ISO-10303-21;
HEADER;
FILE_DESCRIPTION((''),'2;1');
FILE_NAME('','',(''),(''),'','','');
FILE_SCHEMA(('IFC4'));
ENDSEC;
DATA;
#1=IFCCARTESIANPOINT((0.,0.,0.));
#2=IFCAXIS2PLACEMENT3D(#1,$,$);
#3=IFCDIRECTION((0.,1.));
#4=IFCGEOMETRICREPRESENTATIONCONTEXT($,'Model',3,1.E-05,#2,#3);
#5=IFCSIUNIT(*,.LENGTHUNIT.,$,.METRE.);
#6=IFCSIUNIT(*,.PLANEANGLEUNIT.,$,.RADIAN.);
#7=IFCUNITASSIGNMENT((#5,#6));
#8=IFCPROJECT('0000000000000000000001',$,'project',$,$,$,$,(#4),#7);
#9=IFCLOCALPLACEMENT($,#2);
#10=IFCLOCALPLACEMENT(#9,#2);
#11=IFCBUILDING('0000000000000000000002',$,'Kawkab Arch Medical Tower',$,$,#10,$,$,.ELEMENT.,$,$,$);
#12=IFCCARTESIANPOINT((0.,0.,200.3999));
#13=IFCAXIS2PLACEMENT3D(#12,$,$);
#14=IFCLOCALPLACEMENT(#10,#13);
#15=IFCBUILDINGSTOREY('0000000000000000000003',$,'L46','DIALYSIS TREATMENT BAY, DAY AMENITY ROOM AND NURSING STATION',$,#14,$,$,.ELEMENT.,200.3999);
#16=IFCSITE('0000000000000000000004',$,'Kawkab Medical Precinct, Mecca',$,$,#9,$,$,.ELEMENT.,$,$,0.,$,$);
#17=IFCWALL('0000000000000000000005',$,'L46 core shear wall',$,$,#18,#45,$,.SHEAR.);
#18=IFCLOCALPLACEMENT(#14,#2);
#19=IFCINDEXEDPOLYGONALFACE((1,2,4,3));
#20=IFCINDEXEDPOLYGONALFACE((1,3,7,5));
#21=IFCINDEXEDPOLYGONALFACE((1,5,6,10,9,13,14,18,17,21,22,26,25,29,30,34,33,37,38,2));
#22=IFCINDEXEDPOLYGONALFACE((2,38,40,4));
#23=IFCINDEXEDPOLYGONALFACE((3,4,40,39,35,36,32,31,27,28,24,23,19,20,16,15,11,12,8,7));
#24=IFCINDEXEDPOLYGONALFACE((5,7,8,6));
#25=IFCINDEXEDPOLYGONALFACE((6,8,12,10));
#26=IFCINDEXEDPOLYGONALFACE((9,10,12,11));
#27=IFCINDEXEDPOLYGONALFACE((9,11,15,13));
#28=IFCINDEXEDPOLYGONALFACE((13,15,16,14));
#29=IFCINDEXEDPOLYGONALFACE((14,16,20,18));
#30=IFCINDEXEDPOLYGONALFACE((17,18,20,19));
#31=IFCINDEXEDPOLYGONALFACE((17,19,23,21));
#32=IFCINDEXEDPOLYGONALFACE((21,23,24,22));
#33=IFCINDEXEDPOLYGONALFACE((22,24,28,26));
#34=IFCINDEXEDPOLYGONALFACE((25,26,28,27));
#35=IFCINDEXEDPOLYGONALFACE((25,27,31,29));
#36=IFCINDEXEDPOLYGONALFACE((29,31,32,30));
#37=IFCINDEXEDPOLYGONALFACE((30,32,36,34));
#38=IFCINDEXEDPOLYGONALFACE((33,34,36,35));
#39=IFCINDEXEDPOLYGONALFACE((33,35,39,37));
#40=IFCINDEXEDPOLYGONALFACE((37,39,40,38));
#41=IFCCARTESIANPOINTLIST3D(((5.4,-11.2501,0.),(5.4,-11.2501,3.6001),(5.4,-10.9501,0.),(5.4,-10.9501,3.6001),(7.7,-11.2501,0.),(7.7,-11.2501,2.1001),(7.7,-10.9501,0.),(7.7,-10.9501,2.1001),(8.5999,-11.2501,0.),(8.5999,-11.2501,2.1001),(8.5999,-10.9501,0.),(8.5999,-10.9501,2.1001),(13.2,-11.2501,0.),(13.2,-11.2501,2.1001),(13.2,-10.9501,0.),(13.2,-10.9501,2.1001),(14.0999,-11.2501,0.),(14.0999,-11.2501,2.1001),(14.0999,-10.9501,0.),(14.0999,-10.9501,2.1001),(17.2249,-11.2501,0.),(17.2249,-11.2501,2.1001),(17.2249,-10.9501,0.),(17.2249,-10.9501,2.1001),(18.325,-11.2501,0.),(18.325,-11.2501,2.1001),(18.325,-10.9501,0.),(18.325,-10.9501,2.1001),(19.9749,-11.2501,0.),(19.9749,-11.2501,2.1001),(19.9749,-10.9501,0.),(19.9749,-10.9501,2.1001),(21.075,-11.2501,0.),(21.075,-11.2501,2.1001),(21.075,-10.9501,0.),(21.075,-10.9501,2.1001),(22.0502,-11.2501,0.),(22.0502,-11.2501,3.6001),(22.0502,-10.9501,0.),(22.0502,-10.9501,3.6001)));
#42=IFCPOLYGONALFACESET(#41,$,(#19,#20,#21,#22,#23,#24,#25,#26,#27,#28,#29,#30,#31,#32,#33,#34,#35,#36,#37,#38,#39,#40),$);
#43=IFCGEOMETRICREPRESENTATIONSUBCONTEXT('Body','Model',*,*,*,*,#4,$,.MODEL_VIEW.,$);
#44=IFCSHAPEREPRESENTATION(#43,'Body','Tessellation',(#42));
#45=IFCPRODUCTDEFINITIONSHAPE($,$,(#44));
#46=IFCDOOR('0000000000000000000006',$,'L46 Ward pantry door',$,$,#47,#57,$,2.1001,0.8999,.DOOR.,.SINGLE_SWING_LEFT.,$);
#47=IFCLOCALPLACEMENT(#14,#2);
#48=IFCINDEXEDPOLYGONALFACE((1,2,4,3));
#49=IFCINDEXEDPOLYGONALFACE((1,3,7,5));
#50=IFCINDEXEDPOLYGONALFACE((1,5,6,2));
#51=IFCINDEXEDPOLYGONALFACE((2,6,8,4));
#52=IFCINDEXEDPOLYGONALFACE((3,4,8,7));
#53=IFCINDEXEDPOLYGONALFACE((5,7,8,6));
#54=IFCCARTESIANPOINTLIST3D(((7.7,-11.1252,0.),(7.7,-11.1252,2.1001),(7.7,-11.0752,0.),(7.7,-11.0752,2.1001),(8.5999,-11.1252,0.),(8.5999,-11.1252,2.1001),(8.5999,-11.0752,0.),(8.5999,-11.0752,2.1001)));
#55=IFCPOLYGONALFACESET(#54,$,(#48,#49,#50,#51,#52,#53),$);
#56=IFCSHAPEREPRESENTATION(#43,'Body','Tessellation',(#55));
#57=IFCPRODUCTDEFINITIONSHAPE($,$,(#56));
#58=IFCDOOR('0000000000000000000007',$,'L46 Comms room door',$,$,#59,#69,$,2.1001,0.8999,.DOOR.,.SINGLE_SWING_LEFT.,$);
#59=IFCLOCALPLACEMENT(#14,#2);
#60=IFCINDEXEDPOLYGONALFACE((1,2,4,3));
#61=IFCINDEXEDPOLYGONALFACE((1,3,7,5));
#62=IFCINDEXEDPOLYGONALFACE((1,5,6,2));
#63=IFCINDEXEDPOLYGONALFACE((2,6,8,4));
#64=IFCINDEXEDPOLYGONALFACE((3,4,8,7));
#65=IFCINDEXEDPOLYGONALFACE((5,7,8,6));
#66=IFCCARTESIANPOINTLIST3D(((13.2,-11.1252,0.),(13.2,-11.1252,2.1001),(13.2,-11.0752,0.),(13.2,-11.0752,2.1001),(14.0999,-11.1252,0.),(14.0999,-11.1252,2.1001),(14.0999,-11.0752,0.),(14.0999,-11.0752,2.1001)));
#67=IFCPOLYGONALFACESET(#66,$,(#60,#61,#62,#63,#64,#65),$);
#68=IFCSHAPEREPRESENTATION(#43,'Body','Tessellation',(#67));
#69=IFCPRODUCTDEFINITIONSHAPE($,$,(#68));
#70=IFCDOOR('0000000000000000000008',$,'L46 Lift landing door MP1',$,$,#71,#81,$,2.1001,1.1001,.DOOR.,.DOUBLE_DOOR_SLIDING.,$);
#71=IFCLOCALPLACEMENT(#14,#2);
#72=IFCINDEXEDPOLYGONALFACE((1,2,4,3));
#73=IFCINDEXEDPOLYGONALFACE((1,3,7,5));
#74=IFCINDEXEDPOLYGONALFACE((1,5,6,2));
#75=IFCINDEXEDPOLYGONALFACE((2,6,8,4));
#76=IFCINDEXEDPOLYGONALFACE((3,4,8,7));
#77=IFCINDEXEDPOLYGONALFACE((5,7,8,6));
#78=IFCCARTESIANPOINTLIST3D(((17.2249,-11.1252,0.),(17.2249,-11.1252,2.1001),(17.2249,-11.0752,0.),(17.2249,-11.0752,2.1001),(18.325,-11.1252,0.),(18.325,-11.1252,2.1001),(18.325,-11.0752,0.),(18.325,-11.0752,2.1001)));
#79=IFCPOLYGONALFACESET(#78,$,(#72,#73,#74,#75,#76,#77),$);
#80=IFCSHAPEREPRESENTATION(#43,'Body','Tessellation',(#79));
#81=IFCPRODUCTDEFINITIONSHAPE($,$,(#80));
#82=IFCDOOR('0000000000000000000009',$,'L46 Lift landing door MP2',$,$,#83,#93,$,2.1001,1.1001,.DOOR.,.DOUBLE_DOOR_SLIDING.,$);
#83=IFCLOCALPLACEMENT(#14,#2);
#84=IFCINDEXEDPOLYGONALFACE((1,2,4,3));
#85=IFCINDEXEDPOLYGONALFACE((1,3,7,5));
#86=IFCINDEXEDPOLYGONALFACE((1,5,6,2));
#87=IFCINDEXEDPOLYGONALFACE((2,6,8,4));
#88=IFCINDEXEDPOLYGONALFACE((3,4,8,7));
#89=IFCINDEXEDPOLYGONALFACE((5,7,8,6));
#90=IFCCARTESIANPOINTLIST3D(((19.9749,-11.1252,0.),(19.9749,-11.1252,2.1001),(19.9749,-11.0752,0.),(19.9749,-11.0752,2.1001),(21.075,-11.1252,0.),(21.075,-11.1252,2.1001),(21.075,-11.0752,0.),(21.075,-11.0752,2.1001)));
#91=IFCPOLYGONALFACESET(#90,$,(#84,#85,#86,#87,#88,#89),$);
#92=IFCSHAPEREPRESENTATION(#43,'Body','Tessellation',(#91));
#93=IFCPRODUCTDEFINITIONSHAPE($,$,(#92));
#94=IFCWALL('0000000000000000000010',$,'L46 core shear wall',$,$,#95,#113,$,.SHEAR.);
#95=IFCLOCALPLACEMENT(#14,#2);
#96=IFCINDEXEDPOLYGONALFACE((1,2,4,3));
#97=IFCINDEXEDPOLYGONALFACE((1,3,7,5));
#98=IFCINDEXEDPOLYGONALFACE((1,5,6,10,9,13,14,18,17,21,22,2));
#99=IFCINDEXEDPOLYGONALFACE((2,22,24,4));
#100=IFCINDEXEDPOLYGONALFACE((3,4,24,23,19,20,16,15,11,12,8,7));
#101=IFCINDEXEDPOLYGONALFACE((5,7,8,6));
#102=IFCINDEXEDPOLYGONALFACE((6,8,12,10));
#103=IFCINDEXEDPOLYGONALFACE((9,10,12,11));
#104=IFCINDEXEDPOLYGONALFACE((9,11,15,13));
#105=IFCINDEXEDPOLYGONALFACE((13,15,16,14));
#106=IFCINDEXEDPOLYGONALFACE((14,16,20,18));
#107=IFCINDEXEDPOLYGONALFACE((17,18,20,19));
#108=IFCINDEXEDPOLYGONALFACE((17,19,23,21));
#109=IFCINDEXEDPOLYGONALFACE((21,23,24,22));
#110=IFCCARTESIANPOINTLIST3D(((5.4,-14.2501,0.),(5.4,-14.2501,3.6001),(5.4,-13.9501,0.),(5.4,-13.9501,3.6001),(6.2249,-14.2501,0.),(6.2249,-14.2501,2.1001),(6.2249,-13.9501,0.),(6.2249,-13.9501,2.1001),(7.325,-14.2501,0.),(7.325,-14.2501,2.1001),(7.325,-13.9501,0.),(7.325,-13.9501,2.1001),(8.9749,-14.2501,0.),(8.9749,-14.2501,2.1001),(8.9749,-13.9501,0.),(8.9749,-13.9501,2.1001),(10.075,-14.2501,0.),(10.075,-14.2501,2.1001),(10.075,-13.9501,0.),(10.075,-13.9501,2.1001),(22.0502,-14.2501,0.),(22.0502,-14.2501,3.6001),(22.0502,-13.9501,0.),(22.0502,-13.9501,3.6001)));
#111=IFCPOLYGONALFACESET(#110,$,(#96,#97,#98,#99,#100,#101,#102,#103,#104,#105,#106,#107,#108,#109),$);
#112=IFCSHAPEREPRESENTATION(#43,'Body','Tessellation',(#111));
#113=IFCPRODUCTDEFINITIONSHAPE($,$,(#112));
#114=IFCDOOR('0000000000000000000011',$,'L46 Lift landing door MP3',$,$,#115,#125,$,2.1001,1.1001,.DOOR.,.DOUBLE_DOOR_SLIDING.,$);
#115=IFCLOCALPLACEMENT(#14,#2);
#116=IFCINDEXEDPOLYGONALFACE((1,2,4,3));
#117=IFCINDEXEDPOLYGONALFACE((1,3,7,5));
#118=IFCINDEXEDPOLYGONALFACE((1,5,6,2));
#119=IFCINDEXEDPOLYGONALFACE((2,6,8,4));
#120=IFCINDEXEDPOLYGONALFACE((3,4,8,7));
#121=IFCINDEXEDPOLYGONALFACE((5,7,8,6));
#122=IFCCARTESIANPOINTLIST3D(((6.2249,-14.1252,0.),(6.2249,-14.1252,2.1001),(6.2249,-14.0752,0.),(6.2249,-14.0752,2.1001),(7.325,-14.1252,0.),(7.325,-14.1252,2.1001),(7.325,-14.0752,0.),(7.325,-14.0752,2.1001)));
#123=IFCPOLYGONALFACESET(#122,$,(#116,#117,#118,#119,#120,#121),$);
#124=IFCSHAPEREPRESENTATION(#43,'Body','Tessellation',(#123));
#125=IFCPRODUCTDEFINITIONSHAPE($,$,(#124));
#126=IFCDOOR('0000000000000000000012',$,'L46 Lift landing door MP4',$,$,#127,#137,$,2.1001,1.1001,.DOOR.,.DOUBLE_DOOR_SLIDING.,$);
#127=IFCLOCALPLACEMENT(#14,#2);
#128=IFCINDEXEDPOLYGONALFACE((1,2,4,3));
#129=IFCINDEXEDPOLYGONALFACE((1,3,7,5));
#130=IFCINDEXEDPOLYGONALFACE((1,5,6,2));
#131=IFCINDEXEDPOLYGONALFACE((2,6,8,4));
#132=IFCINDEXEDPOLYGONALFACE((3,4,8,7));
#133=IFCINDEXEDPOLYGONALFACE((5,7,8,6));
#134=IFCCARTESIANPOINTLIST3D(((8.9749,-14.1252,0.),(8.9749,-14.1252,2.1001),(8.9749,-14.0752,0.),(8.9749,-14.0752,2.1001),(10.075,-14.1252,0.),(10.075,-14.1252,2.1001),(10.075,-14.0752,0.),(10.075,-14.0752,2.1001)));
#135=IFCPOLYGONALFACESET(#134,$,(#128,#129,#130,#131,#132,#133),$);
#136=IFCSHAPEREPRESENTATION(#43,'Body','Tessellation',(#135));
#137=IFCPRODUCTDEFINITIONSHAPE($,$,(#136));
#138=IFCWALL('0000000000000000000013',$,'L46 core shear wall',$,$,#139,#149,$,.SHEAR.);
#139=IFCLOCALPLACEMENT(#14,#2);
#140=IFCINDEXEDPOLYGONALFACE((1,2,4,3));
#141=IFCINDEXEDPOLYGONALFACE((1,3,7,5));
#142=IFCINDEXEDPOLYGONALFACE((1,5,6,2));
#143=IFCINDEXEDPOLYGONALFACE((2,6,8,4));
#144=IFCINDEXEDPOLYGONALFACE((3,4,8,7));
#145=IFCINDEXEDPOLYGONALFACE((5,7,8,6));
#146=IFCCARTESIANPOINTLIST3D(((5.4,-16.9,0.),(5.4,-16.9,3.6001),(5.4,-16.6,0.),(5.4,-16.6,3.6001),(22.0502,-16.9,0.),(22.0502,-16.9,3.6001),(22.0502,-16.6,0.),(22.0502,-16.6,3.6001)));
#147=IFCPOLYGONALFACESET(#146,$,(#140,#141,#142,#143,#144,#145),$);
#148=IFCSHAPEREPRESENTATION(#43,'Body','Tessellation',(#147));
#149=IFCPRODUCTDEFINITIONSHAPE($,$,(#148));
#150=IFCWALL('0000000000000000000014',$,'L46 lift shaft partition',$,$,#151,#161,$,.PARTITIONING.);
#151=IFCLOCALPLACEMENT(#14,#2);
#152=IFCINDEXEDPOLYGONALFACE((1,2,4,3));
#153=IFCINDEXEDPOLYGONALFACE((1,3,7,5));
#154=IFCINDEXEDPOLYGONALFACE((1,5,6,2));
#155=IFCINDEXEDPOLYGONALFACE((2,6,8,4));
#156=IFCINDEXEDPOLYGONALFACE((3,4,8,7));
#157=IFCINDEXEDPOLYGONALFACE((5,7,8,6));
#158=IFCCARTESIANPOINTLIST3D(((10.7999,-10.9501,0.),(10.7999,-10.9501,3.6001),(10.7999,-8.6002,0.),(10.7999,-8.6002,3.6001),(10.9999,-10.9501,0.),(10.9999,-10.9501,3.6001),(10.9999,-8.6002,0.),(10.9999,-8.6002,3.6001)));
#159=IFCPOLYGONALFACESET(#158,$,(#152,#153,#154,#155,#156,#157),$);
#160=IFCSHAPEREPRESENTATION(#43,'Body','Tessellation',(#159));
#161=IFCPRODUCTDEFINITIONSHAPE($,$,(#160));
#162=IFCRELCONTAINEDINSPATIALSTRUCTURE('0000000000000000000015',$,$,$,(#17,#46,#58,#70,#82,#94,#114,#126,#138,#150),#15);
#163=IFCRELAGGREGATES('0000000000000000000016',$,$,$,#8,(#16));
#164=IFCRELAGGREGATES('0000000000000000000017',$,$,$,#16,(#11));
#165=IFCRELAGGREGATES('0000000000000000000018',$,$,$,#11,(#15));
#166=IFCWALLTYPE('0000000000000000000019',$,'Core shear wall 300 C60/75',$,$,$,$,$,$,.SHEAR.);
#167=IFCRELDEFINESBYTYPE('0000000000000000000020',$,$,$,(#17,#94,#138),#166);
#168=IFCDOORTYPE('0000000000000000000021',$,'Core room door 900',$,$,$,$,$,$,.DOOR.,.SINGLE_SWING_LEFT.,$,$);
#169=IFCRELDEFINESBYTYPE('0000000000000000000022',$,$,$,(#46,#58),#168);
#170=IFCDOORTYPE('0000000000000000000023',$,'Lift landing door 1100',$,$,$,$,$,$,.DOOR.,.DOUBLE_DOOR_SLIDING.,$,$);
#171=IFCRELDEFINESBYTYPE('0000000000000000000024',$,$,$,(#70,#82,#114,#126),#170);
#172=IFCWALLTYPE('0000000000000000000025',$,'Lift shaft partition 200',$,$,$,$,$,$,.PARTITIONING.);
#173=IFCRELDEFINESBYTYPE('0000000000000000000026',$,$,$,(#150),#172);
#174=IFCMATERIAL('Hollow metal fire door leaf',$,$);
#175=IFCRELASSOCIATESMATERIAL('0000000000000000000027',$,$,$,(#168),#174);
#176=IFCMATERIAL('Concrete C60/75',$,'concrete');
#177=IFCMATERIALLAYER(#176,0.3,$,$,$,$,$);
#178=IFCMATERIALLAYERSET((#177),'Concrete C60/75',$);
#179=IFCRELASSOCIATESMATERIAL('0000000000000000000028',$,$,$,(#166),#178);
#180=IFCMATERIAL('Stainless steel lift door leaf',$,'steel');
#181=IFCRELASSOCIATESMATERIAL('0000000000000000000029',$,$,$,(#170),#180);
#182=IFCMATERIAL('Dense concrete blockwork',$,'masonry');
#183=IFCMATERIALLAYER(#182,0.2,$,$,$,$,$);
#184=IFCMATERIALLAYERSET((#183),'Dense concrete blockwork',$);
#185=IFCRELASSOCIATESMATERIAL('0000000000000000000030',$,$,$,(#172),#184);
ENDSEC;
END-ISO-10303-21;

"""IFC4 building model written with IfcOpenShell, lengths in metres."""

from ifc_helpers import new_model, si_unit, direction, frame, frame_2d, origin, place, context, subcontext, project, spatial, rectangle, extrude, material, layer, layer_set, type_object, element, fill, save


model = new_model("IFC4")

# Units and contexts
model_context = context("Model", 3, precision=1e-05, world=origin(), true_north=direction((0.0, 1.0)))
body_context = subcontext(model_context, "Body", "Model", "MODEL_VIEW")
ifc_project = project(units=[si_unit("LENGTHUNIT", "METRE"), si_unit("PLANEANGLEUNIT", "RADIAN")], contexts=[model_context])

# Site, building, storey
site_placement = place(None, origin())
site = spatial("IfcSite", under=ifc_project, at=site_placement, Name="Kawkab Medical Precinct, Mecca", CompositionType="ELEMENT", RefElevation=0.0)
building_placement = place(site_placement, origin())
building = spatial("IfcBuilding", under=site, at=building_placement, Name="Kawkab Arch Medical Tower", CompositionType="ELEMENT")
storey_placement = place(building_placement, frame((0.0, 0.0, 200.3999)))
storey = spatial("IfcBuildingStorey", under=building, at=storey_placement, Name="L46", Description="DIALYSIS TREATMENT BAY, DAY AMENITY ROOM AND NURSING STATION", CompositionType="ELEMENT", Elevation=200.3999)

# Shared definitions
ifc_material_1 = material(Name="Hollow metal fire door leaf")
door_type_1 = type_object("IfcDoorType", Name="Core room door 900", OperationType="SINGLE_SWING_LEFT", PredefinedType="DOOR", material=ifc_material_1)

# Shared definitions
ifc_material_2 = material(Name="Concrete C60/75", Category="concrete")
ifc_layer_1 = layer(ifc_material_2, 0.3)
ifc_layer_set_1 = layer_set([ifc_layer_1], Name="Concrete C60/75")
wall_type_1 = type_object("IfcWallType", Name="Core shear wall 300 C60/75", PredefinedType="SHEAR", material=ifc_layer_set_1)

# Walls, openings, doors
wall_1_placement = place(storey_placement, frame((5.3999, -11.1001, 0.0), z_axis=(0.0, 0.0, 1.0), x_axis=(1.0, 0.0, 0.0)))
wall_1 = element("IfcWall", 1, at=wall_1_placement, inside=storey, type_object=wall_type_1, Name="L46 core shear wall", PredefinedType="SHEAR", context=body_context, shape_type="SweptSolid", body=[
    extrude(rectangle(XDim=16.6501, YDim=0.3, at=frame_2d((8.3252, 0.0))), origin(), (0.0, 0.0, 1.0), 3.6001),
])
opening_1_placement = place(wall_1_placement, frame((11.825, 0.0, 0.0)))
opening_1 = element("IfcOpeningElement", 2, at=opening_1_placement, cuts=wall_1, PredefinedType="OPENING", context=body_context, shape_type="SweptSolid", body=[
    extrude(rectangle(XDim=1.1001, YDim=2.1001, at=frame_2d((0.55, 1.05))), frame((0.0, 0.1599, 0.0), z_axis=(0.0, -1.0, 0.0), x_axis=(1.0, 0.0, 0.0)), (0.0, 0.0, 1.0), 0.3201),
])
opening_2_placement = place(wall_1_placement, frame((14.575, 0.0, 0.0)))
opening_2 = element("IfcOpeningElement", 3, at=opening_2_placement, cuts=wall_1, PredefinedType="OPENING", context=body_context, shape_type="SweptSolid", body=[
    extrude(rectangle(XDim=1.1001, YDim=2.1001, at=frame_2d((0.55, 1.05))), frame((0.0, 0.1599, 0.0), z_axis=(0.0, -1.0, 0.0), x_axis=(1.0, 0.0, 0.0)), (0.0, 0.0, 1.0), 0.3201),
])
opening_3_placement = place(wall_1_placement, frame((2.3, 0.0, 0.0)))
opening_3 = element("IfcOpeningElement", 4, at=opening_3_placement, cuts=wall_1, PredefinedType="OPENING", context=body_context, shape_type="SweptSolid", body=[
    extrude(rectangle(XDim=0.8999, YDim=2.1001, at=frame_2d((0.45, 1.05))), frame((0.0, 0.1599, 0.0), z_axis=(0.0, -1.0, 0.0), x_axis=(1.0, 0.0, 0.0)), (0.0, 0.0, 1.0), 0.3201),
])
opening_4_placement = place(wall_1_placement, frame((7.8, 0.0, 0.0)))
opening_4 = element("IfcOpeningElement", 5, at=opening_4_placement, cuts=wall_1, PredefinedType="OPENING", context=body_context, shape_type="SweptSolid", body=[
    extrude(rectangle(XDim=0.8999, YDim=2.1001, at=frame_2d((0.45, 1.05))), frame((0.0, 0.1599, 0.0), z_axis=(0.0, -1.0, 0.0), x_axis=(1.0, 0.0, 0.0)), (0.0, 0.0, 1.0), 0.3201),
])
door_1_placement = place(opening_3_placement, origin())
door_1 = element("IfcDoor", 6, at=door_1_placement, inside=storey, type_object=door_type_1, Name="L46 Ward pantry door", OperationType="SINGLE_SWING_LEFT", OverallHeight=2.1001, OverallWidth=0.8999, PredefinedType="DOOR", context=body_context, shape_type="SweptSolid", body=[
    extrude(rectangle(XDim=0.8999, YDim=2.1001, at=frame_2d((0.45, 1.05))), frame((0.0, 0.0249, 0.0), z_axis=(0.0, -1.0, 0.0), x_axis=(1.0, 0.0, 0.0)), (0.0, 0.0, 1.0), 0.05),
])
fill(opening_3, door_1)
door_2_placement = place(opening_4_placement, origin())
door_2 = element("IfcDoor", 7, at=door_2_placement, inside=storey, type_object=door_type_1, Name="L46 Comms room door", OperationType="SINGLE_SWING_LEFT", OverallHeight=2.1001, OverallWidth=0.8999, PredefinedType="DOOR", context=body_context, shape_type="SweptSolid", body=[
    extrude(rectangle(XDim=0.8999, YDim=2.1001, at=frame_2d((0.45, 1.05))), frame((0.0, 0.0249, 0.0), z_axis=(0.0, -1.0, 0.0), x_axis=(1.0, 0.0, 0.0)), (0.0, 0.0, 1.0), 0.05),
])
fill(opening_4, door_2)
ifc_material_3 = material(Name="Stainless steel lift door leaf", Category="steel")
door_type_2 = type_object("IfcDoorType", Name="Lift landing door 1100", OperationType="DOUBLE_DOOR_SLIDING", PredefinedType="DOOR", material=ifc_material_3)
door_3_placement = place(opening_1_placement, origin())
door_3 = element("IfcDoor", 8, at=door_3_placement, inside=storey, type_object=door_type_2, Name="L46 Lift landing door MP1", OperationType="DOUBLE_DOOR_SLIDING", OverallHeight=2.1001, OverallWidth=1.1001, PredefinedType="DOOR", context=body_context, shape_type="SweptSolid", body=[
    extrude(rectangle(XDim=1.1001, YDim=2.1001, at=frame_2d((0.55, 1.05))), frame((0.0, 0.0249, 0.0), z_axis=(0.0, -1.0, 0.0), x_axis=(1.0, 0.0, 0.0)), (0.0, 0.0, 1.0), 0.05),
])
fill(opening_1, door_3)
door_4_placement = place(opening_2_placement, origin())
door_4 = element("IfcDoor", 9, at=door_4_placement, inside=storey, type_object=door_type_2, Name="L46 Lift landing door MP2", OperationType="DOUBLE_DOOR_SLIDING", OverallHeight=2.1001, OverallWidth=1.1001, PredefinedType="DOOR", context=body_context, shape_type="SweptSolid", body=[
    extrude(rectangle(XDim=1.1001, YDim=2.1001, at=frame_2d((0.55, 1.05))), frame((0.0, 0.0249, 0.0), z_axis=(0.0, -1.0, 0.0), x_axis=(1.0, 0.0, 0.0)), (0.0, 0.0, 1.0), 0.05),
])
fill(opening_2, door_4)
wall_2_placement = place(storey_placement, frame((5.3999, -14.1001, 0.0), z_axis=(0.0, 0.0, 1.0), x_axis=(1.0, 0.0, 0.0)))
wall_2 = element("IfcWall", 10, at=wall_2_placement, inside=storey, type_object=wall_type_1, Name="L46 core shear wall", PredefinedType="SHEAR", context=body_context, shape_type="SweptSolid", body=[
    extrude(rectangle(XDim=16.6501, YDim=0.3, at=frame_2d((8.3252, 0.0))), origin(), (0.0, 0.0, 1.0), 3.6001),
])
opening_5_placement = place(wall_2_placement, frame((0.825, 0.0, 0.0)))
opening_5 = element("IfcOpeningElement", 11, at=opening_5_placement, cuts=wall_2, PredefinedType="OPENING", context=body_context, shape_type="SweptSolid", body=[
    extrude(rectangle(XDim=1.1001, YDim=2.1001, at=frame_2d((0.55, 1.05))), frame((0.0, 0.1599, 0.0), z_axis=(0.0, -1.0, 0.0), x_axis=(1.0, 0.0, 0.0)), (0.0, 0.0, 1.0), 0.3201),
])
opening_6_placement = place(wall_2_placement, frame((3.575, 0.0, 0.0)))
opening_6 = element("IfcOpeningElement", 12, at=opening_6_placement, cuts=wall_2, PredefinedType="OPENING", context=body_context, shape_type="SweptSolid", body=[
    extrude(rectangle(XDim=1.1001, YDim=2.1001, at=frame_2d((0.55, 1.05))), frame((0.0, 0.1599, 0.0), z_axis=(0.0, -1.0, 0.0), x_axis=(1.0, 0.0, 0.0)), (0.0, 0.0, 1.0), 0.3201),
])
door_5_placement = place(opening_5_placement, origin())
door_5 = element("IfcDoor", 13, at=door_5_placement, inside=storey, type_object=door_type_2, Name="L46 Lift landing door MP3", OperationType="DOUBLE_DOOR_SLIDING", OverallHeight=2.1001, OverallWidth=1.1001, PredefinedType="DOOR", context=body_context, shape_type="SweptSolid", body=[
    extrude(rectangle(XDim=1.1001, YDim=2.1001, at=frame_2d((0.55, 1.05))), frame((0.0, 0.0249, 0.0), z_axis=(0.0, -1.0, 0.0), x_axis=(1.0, 0.0, 0.0)), (0.0, 0.0, 1.0), 0.05),
])
fill(opening_5, door_5)
door_6_placement = place(opening_6_placement, origin())
door_6 = element("IfcDoor", 14, at=door_6_placement, inside=storey, type_object=door_type_2, Name="L46 Lift landing door MP4", OperationType="DOUBLE_DOOR_SLIDING", OverallHeight=2.1001, OverallWidth=1.1001, PredefinedType="DOOR", context=body_context, shape_type="SweptSolid", body=[
    extrude(rectangle(XDim=1.1001, YDim=2.1001, at=frame_2d((0.55, 1.05))), frame((0.0, 0.0249, 0.0), z_axis=(0.0, -1.0, 0.0), x_axis=(1.0, 0.0, 0.0)), (0.0, 0.0, 1.0), 0.05),
])
fill(opening_6, door_6)

# Walls
wall_3_placement = place(storey_placement, frame((5.3999, -16.75, 0.0), z_axis=(0.0, 0.0, 1.0), x_axis=(1.0, 0.0, 0.0)))
element("IfcWall", 15, at=wall_3_placement, inside=storey, type_object=wall_type_1, Name="L46 core shear wall", PredefinedType="SHEAR", context=body_context, shape_type="SweptSolid", body=[
    extrude(rectangle(XDim=16.6501, YDim=0.3, at=frame_2d((8.3252, 0.0))), origin(), (0.0, 0.0, 1.0), 3.6001),
])
ifc_material_4 = material(Name="Dense concrete blockwork", Category="masonry")
ifc_layer_2 = layer(ifc_material_4, 0.2)
ifc_layer_set_2 = layer_set([ifc_layer_2], Name="Dense concrete blockwork")
wall_type_2 = type_object("IfcWallType", Name="Lift shaft partition 200", PredefinedType="PARTITIONING", material=ifc_layer_set_2)
wall_4_placement = place(storey_placement, frame((10.8999, -10.95, 0.0), z_axis=(0.0, 0.0, 1.0), x_axis=(0.0, 1.0, 0.0)))
element("IfcWall", 16, at=wall_4_placement, inside=storey, type_object=wall_type_2, Name="L46 lift shaft partition", PredefinedType="PARTITIONING", context=body_context, shape_type="SweptSolid", body=[
    extrude(rectangle(XDim=2.3499, YDim=0.2, at=frame_2d((1.1748, 0.0))), origin(), (0.0, 0.0, 1.0), 3.6001),
])

save(model, "model.ifc")
